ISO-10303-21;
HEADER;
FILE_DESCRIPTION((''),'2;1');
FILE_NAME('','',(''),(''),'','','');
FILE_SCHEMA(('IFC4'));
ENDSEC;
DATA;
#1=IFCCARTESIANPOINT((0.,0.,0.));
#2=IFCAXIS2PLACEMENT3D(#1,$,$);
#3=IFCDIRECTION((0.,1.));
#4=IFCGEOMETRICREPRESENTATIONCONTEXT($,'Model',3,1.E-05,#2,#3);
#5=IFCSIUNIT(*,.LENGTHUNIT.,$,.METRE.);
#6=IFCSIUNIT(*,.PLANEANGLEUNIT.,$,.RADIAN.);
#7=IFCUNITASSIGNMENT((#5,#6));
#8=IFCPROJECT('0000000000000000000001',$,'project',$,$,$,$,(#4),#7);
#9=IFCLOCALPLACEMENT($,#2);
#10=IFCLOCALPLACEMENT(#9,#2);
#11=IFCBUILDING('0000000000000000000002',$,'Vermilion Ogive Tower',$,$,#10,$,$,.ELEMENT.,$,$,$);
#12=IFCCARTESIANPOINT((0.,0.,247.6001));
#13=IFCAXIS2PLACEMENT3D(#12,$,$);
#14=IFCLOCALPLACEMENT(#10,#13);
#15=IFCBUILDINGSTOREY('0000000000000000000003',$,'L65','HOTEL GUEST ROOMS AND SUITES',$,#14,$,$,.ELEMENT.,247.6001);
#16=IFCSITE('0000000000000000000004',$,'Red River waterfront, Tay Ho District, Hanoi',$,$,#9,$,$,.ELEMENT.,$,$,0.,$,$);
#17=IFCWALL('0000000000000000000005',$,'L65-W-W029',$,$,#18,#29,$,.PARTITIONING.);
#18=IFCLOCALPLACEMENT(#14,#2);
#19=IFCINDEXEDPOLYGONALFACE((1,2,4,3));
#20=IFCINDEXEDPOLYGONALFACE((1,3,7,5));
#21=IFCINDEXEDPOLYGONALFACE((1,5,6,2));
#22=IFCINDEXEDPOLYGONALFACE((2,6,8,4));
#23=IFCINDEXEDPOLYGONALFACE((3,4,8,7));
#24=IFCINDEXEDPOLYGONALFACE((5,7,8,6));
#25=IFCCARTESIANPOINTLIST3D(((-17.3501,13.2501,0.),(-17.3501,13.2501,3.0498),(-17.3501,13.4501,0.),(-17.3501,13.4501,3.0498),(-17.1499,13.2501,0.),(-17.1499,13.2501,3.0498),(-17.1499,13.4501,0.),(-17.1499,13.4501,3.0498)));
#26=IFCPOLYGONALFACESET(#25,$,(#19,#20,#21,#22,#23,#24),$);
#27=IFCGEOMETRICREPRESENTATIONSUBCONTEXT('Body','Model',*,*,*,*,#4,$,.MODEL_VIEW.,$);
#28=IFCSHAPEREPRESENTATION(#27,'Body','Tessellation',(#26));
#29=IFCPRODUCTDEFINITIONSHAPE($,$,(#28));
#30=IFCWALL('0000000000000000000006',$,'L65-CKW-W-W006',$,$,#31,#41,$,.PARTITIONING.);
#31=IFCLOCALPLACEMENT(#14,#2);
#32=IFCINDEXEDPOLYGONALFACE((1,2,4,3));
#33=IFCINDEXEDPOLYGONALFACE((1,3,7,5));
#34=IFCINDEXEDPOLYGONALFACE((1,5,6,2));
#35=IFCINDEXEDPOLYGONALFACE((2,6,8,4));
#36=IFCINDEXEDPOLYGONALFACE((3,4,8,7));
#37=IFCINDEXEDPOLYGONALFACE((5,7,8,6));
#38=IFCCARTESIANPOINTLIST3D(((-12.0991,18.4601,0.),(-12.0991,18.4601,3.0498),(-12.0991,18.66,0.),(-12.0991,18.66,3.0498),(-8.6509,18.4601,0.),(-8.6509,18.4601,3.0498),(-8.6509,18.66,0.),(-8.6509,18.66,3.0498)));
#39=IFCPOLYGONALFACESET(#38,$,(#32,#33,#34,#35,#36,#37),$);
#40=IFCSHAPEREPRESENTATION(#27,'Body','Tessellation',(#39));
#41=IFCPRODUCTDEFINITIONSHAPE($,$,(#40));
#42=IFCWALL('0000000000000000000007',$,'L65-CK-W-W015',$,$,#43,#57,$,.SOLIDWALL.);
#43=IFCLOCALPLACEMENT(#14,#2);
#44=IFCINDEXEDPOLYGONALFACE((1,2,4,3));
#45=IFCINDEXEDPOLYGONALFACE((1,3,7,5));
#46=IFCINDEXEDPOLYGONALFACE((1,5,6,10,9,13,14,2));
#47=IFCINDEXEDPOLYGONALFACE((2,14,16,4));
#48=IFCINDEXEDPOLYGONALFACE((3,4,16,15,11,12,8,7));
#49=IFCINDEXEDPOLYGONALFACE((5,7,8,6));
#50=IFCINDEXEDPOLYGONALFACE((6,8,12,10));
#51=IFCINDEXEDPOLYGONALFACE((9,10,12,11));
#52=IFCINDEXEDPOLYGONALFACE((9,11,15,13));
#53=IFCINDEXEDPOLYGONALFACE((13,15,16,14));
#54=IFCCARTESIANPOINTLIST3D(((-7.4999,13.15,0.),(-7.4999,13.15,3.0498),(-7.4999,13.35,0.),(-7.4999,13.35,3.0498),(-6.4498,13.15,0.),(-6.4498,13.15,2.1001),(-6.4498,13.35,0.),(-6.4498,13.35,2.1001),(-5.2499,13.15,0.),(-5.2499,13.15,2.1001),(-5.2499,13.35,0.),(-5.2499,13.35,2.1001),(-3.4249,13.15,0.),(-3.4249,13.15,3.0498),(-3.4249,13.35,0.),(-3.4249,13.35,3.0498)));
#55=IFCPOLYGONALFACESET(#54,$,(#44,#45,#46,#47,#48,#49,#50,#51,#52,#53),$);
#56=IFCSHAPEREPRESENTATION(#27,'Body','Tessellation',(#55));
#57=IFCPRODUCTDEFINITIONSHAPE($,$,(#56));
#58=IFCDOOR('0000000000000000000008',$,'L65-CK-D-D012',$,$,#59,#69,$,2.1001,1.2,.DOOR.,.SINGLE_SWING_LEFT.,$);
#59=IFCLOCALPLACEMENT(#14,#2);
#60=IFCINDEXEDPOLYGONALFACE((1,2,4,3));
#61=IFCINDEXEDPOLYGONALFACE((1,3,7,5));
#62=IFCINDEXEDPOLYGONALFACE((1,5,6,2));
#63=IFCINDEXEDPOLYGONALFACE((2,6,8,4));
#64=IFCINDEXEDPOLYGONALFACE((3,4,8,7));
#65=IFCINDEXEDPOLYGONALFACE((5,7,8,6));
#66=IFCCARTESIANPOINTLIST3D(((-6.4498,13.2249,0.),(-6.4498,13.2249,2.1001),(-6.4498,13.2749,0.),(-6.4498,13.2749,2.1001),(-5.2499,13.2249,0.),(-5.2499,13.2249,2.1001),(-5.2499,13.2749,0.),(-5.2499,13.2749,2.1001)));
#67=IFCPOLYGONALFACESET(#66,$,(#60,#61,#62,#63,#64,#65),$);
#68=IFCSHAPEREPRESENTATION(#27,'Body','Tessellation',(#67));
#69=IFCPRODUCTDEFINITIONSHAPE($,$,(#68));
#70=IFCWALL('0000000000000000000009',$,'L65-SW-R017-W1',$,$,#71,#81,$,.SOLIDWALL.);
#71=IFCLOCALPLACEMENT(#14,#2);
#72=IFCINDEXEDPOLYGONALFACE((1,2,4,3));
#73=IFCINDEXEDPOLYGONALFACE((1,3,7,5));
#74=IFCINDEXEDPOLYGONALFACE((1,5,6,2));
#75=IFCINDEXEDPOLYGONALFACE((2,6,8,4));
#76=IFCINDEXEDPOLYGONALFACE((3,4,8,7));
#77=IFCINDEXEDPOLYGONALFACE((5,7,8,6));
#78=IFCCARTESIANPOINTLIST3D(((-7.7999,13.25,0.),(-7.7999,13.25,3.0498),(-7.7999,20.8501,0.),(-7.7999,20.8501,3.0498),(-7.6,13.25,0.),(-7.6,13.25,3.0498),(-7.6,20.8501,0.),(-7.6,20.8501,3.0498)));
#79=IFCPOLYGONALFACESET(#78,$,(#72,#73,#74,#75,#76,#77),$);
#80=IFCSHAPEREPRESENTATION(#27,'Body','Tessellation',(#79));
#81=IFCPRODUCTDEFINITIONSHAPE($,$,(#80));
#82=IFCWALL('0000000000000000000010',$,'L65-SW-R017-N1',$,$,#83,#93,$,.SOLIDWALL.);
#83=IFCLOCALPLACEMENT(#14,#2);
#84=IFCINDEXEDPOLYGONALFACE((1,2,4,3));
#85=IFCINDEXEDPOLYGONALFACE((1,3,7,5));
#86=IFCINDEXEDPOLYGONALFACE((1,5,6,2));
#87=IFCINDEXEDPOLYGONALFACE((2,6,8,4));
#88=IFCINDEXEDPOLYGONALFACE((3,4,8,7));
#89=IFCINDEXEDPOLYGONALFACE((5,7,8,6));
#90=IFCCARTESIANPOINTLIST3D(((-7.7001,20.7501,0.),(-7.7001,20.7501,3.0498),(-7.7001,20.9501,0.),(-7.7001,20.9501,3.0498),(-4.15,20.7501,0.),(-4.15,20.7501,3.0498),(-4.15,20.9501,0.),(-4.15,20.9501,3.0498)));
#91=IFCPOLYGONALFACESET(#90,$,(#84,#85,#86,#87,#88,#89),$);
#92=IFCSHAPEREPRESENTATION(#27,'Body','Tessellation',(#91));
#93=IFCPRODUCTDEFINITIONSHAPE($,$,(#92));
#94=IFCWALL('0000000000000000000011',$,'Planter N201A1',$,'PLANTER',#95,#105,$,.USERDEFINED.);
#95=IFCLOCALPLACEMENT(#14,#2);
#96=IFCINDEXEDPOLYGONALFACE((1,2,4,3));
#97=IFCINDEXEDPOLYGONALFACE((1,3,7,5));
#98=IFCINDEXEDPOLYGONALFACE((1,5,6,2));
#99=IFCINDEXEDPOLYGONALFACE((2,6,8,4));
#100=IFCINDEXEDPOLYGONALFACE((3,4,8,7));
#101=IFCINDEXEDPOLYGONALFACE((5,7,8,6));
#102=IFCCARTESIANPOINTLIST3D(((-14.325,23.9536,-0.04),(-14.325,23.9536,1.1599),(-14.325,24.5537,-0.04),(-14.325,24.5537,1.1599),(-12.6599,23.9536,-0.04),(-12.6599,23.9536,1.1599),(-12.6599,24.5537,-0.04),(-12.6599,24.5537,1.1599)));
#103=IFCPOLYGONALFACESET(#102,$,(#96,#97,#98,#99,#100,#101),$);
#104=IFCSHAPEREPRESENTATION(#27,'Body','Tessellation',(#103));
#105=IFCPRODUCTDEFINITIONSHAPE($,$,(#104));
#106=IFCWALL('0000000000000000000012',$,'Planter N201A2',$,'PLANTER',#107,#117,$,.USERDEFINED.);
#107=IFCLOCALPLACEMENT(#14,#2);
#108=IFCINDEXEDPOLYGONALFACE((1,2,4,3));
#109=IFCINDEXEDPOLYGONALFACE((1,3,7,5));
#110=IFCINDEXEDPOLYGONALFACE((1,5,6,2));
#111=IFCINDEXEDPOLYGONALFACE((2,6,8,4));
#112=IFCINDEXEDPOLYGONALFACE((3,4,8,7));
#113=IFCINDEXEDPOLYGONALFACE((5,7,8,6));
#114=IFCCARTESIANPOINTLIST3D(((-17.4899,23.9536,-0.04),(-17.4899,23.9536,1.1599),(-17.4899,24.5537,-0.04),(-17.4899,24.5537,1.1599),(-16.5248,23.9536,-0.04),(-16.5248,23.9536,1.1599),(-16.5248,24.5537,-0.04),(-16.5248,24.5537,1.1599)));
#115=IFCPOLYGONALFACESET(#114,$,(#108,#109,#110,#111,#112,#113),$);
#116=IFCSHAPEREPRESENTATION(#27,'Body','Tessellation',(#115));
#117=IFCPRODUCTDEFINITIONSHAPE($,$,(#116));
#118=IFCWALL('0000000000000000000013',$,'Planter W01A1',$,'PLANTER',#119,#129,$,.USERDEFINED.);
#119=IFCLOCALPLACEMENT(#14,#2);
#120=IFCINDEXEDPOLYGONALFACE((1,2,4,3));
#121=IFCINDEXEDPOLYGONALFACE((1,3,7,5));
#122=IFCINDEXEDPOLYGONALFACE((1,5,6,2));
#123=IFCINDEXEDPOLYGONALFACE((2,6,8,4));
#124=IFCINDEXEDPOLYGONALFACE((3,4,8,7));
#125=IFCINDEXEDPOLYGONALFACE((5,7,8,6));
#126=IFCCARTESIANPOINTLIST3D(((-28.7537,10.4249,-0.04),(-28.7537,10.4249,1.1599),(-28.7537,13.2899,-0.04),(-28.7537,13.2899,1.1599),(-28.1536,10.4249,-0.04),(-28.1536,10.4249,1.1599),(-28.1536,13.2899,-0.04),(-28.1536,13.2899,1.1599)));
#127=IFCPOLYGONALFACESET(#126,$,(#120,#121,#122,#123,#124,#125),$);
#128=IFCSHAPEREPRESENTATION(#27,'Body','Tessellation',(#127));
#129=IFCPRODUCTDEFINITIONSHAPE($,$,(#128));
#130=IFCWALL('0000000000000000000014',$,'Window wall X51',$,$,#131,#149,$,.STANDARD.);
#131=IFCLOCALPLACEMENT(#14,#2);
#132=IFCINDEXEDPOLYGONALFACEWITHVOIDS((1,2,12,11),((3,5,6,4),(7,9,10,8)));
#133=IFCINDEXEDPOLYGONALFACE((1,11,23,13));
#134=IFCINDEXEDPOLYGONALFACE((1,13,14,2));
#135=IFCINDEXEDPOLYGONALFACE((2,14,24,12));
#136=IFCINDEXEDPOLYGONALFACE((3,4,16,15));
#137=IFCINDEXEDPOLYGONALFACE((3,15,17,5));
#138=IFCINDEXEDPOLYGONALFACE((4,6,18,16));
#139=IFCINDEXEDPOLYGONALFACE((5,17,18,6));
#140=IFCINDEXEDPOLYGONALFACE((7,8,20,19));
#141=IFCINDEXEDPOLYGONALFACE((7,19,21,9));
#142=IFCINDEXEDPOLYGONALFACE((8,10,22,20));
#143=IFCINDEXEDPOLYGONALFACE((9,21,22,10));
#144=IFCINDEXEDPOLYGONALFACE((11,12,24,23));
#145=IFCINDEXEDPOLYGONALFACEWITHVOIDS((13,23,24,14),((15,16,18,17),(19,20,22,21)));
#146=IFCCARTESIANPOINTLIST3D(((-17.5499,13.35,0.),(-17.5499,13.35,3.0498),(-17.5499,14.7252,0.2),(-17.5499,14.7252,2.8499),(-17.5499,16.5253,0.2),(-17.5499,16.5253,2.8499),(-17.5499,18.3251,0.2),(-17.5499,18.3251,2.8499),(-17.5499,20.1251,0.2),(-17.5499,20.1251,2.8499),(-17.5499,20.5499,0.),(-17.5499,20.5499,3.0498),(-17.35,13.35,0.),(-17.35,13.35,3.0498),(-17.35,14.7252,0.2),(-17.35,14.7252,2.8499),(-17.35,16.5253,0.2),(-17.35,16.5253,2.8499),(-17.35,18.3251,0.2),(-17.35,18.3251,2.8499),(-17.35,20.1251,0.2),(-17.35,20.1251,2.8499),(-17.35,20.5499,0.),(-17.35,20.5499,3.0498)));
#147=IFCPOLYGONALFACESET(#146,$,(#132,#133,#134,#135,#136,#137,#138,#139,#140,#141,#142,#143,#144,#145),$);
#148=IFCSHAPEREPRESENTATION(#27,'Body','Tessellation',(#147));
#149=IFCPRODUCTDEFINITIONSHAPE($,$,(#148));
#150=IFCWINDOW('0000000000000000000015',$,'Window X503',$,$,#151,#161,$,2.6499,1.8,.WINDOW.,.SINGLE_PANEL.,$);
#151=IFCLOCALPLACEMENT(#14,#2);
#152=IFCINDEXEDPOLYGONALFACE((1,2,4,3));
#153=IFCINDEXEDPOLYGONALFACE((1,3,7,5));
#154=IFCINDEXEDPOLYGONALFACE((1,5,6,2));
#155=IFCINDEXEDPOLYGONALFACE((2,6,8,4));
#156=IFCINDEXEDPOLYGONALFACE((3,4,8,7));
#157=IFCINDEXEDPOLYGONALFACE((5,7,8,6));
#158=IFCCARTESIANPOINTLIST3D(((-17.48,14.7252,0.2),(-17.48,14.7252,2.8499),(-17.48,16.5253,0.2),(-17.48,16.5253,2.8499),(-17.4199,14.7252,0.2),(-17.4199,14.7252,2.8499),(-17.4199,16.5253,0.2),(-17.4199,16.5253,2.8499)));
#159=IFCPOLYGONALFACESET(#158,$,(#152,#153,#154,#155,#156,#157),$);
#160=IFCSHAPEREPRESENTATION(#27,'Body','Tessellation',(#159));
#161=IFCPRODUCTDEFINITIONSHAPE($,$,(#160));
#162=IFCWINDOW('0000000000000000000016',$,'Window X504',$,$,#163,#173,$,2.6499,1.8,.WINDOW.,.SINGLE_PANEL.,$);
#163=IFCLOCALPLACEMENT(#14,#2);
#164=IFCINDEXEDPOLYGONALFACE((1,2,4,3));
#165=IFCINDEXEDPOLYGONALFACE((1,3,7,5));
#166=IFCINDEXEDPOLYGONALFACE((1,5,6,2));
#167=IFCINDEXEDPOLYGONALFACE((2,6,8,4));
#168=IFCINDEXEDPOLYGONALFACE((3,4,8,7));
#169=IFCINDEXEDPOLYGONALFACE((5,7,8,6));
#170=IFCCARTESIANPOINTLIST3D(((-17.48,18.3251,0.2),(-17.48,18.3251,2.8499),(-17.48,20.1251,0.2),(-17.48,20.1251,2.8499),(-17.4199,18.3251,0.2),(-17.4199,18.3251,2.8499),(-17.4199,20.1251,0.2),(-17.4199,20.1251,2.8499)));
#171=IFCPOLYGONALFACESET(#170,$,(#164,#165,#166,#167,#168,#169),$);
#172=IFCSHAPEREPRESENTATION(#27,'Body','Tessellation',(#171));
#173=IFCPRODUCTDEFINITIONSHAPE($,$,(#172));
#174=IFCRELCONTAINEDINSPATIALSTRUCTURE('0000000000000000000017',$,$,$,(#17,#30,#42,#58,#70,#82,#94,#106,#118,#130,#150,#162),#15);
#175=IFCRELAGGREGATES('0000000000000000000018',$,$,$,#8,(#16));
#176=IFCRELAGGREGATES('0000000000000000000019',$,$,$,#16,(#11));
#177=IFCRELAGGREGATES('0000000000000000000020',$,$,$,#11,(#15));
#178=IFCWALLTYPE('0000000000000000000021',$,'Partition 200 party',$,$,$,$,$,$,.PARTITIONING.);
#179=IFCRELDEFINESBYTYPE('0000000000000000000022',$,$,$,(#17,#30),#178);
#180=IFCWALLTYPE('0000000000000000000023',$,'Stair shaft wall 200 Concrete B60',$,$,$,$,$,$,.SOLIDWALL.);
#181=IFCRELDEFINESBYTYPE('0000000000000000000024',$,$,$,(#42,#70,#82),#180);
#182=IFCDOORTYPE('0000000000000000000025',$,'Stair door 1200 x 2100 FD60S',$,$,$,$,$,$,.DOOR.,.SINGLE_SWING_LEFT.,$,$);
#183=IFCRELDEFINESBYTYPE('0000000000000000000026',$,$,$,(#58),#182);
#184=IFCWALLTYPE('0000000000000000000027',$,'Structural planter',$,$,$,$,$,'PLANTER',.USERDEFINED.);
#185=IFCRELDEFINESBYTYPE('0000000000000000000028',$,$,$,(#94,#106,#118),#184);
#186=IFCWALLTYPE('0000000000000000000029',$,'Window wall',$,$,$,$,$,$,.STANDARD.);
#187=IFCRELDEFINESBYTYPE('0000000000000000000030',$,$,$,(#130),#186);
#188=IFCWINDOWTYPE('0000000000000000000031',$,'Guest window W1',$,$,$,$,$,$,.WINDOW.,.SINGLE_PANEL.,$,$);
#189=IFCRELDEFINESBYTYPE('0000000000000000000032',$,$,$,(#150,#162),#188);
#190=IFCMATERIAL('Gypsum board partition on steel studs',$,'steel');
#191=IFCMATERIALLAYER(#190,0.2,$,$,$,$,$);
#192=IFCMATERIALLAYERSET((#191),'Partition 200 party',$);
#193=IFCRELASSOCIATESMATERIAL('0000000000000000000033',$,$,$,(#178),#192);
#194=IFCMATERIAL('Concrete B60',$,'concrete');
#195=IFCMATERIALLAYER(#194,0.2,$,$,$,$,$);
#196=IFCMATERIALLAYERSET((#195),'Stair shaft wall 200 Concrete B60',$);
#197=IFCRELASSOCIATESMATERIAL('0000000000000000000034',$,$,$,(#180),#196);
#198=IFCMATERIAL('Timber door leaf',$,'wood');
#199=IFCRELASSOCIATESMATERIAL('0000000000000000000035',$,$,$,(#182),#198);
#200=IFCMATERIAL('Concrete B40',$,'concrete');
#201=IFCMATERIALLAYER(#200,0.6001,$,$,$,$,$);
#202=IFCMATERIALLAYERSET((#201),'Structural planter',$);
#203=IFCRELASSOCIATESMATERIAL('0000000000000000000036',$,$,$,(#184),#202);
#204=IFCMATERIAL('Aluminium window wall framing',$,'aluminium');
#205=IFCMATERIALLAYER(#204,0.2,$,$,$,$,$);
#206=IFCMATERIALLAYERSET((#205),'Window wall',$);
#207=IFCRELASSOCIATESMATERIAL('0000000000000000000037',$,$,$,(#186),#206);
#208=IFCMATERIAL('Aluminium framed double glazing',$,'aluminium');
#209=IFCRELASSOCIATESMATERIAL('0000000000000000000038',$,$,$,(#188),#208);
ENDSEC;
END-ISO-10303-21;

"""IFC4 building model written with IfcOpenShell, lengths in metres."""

from ifc_helpers import new_model, si_unit, direction, frame, frame_2d, origin, place, context, subcontext, project, spatial, rectangle, extrude, material, layer, layer_set, type_object, element, fill, save


model = new_model("IFC4")

# Units and contexts
model_context = context("Model", 3, precision=1e-05, world=origin(), true_north=direction((0.0, 1.0)))
body_context = subcontext(model_context, "Body", "Model", "MODEL_VIEW")
ifc_project = project(units=[si_unit("LENGTHUNIT", "METRE"), si_unit("PLANEANGLEUNIT", "RADIAN")], contexts=[model_context])

# Site, building, storey
site_placement = place(None, origin())
site = spatial("IfcSite", under=ifc_project, at=site_placement, Name="Red River waterfront, Tay Ho District, Hanoi", CompositionType="ELEMENT", RefElevation=0.0)
building_placement = place(site_placement, origin())
building = spatial("IfcBuilding", under=site, at=building_placement, Name="Vermilion Ogive Tower", CompositionType="ELEMENT")
storey_placement = place(building_placement, frame((0.0, 0.0, 247.6001)))
storey = spatial("IfcBuildingStorey", under=building, at=storey_placement, Name="L65", Description="HOTEL GUEST ROOMS AND SUITES", CompositionType="ELEMENT", Elevation=247.6001)

# Walls
ifc_material_1 = material(Name="Gypsum board partition on steel studs", Category="steel")
ifc_layer_1 = layer(ifc_material_1, 0.2)
ifc_layer_set_1 = layer_set([ifc_layer_1], Name="Partition 200 party")
wall_type_1 = type_object("IfcWallType", Name="Partition 200 party", PredefinedType="PARTITIONING", material=ifc_layer_set_1)
wall_1_placement = place(storey_placement, frame((-17.3501, 13.3501, 0.0), z_axis=(0.0, 0.0, 1.0), x_axis=(1.0, 0.0, 0.0)))
element("IfcWall", 1, at=wall_1_placement, inside=storey, type_object=wall_type_1, Name="L65-W-W029", PredefinedType="PARTITIONING", context=body_context, shape_type="SweptSolid", body=[
    extrude(rectangle(XDim=0.2002, YDim=0.2, at=frame_2d((0.1001, 0.0))), origin(), (0.0, 0.0, 1.0), 3.0498),
])
wall_2_placement = place(storey_placement, frame((-12.0991, 18.5601, 0.0), z_axis=(0.0, 0.0, 1.0), x_axis=(1.0, 0.0, 0.0)))
element("IfcWall", 2, at=wall_2_placement, inside=storey, type_object=wall_type_1, Name="L65-CKW-W-W006", PredefinedType="PARTITIONING", context=body_context, shape_type="SweptSolid", body=[
    extrude(rectangle(XDim=3.4482, YDim=0.2, at=frame_2d((1.7241, 0.0))), origin(), (0.0, 0.0, 1.0), 3.0498),
])

# Wall, opening, door
ifc_material_2 = material(Name="Concrete B60", Category="concrete")
ifc_layer_2 = layer(ifc_material_2, 0.2)
ifc_layer_set_2 = layer_set([ifc_layer_2], Name="Stair shaft wall 200 Concrete B60")
wall_type_2 = type_object("IfcWallType", Name="Stair shaft wall 200 Concrete B60", PredefinedType="SOLIDWALL", material=ifc_layer_set_2)
wall_3_placement = place(storey_placement, frame((-7.5, 13.25, 0.0), z_axis=(0.0, 0.0, 1.0), x_axis=(1.0, 0.0, 0.0)))
wall_3 = element("IfcWall", 3, at=wall_3_placement, inside=storey, type_object=wall_type_2, Name="L65-CK-W-W015", PredefinedType="SOLIDWALL", context=body_context, shape_type="SweptSolid", body=[
    extrude(rectangle(XDim=4.075, YDim=0.2, at=frame_2d((2.0376, 0.0))), origin(), (0.0, 0.0, 1.0), 3.0498),
])
opening_1_placement = place(wall_3_placement, frame((1.05, 0.0, 0.0)))
opening_1 = element("IfcOpeningElement", 4, at=opening_1_placement, cuts=wall_3, PredefinedType="OPENING", context=body_context, shape_type="SweptSolid", body=[
    extrude(rectangle(XDim=1.2, YDim=2.1001, at=frame_2d((0.6001, 1.05))), frame((0.0, 0.1099, 0.0), z_axis=(0.0, -1.0, 0.0), x_axis=(1.0, 0.0, 0.0)), (0.0, 0.0, 1.0), 0.22),
])
ifc_material_3 = material(Name="Timber door leaf", Category="wood")
door_type_1 = type_object("IfcDoorType", Name="Stair door 1200 x 2100 FD60S", OperationType="SINGLE_SWING_LEFT", PredefinedType="DOOR", material=ifc_material_3)
door_1_placement = place(opening_1_placement, origin())
door_1 = element("IfcDoor", 5, at=door_1_placement, inside=storey, type_object=door_type_1, Name="L65-CK-D-D012", OperationType="SINGLE_SWING_LEFT", OverallHeight=2.1001, OverallWidth=1.2, PredefinedType="DOOR", context=body_context, shape_type="SweptSolid", body=[
    extrude(rectangle(XDim=1.2, YDim=2.1001, at=frame_2d((0.6001, 1.05))), frame((0.0, 0.0249, 0.0), z_axis=(0.0, -1.0, 0.0), x_axis=(1.0, 0.0, 0.0)), (0.0, 0.0, 1.0), 0.05),
])
fill(opening_1, door_1)

# Walls
wall_4_placement = place(storey_placement, frame((-7.7, 13.25, 0.0), z_axis=(0.0, 0.0, 1.0), x_axis=(0.0, 1.0, 0.0)))
element("IfcWall", 6, at=wall_4_placement, inside=storey, type_object=wall_type_2, Name="L65-SW-R017-W1", PredefinedType="SOLIDWALL", context=body_context, shape_type="SweptSolid", body=[
    extrude(rectangle(XDim=7.6001, YDim=0.2, at=frame_2d((3.8, 0.0))), origin(), (0.0, 0.0, 1.0), 3.0498),
])
wall_5_placement = place(storey_placement, frame((-7.7, 20.8501, 0.0), z_axis=(0.0, 0.0, 1.0), x_axis=(1.0, 0.0, 0.0)))
element("IfcWall", 7, at=wall_5_placement, inside=storey, type_object=wall_type_2, Name="L65-SW-R017-N1", PredefinedType="SOLIDWALL", context=body_context, shape_type="SweptSolid", body=[
    extrude(rectangle(XDim=3.55, YDim=0.2, at=frame_2d((1.7749, 0.0))), origin(), (0.0, 0.0, 1.0), 3.0498),
])
ifc_material_4 = material(Name="Concrete B40", Category="concrete")
ifc_layer_3 = layer(ifc_material_4, 0.6001)
ifc_layer_set_3 = layer_set([ifc_layer_3], Name="Structural planter")
wall_type_3 = type_object("IfcWallType", Name="Structural planter", ElementType="PLANTER", PredefinedType="USERDEFINED", material=ifc_layer_set_3)
wall_6_placement = place(storey_placement, frame((-12.6599, 24.2537, -0.04), z_axis=(0.0, 0.0, 1.0), x_axis=(-1.0, 0.0, 0.0)))
element("IfcWall", 8, at=wall_6_placement, inside=storey, type_object=wall_type_3, Name="Planter N201A1", ObjectType="PLANTER", PredefinedType="USERDEFINED", context=body_context, shape_type="SweptSolid", body=[
    extrude(rectangle(XDim=1.665, YDim=0.6001, at=frame_2d((0.8325, 0.0))), origin(), (0.0, 0.0, 1.0), 1.2),
])
wall_7_placement = place(storey_placement, frame((-16.5249, 24.2537, -0.04), z_axis=(0.0, 0.0, 1.0), x_axis=(-1.0, 0.0, 0.0)))
element("IfcWall", 9, at=wall_7_placement, inside=storey, type_object=wall_type_3, Name="Planter N201A2", ObjectType="PLANTER", PredefinedType="USERDEFINED", context=body_context, shape_type="SweptSolid", body=[
    extrude(rectangle(XDim=0.9651, YDim=0.6001, at=frame_2d((0.4824, 0.0))), origin(), (0.0, 0.0, 1.0), 1.2),
])
wall_8_placement = place(storey_placement, frame((-28.4536, 13.29, -0.04), z_axis=(0.0, 0.0, 1.0), x_axis=(0.0, -1.0, 0.0)))
element("IfcWall", 10, at=wall_8_placement, inside=storey, type_object=wall_type_3, Name="Planter W01A1", ObjectType="PLANTER", PredefinedType="USERDEFINED", context=body_context, shape_type="SweptSolid", body=[
    extrude(rectangle(XDim=2.865, YDim=0.6001, at=frame_2d((1.4326, 0.0))), origin(), (0.0, 0.0, 1.0), 1.2),
])

# Shared definitions
ifc_material_5 = material(Name="Aluminium window wall framing", Category="aluminium")
ifc_layer_4 = layer(ifc_material_5, 0.2)
ifc_layer_set_4 = layer_set([ifc_layer_4], Name="Window wall")
wall_type_4 = type_object("IfcWallType", Name="Window wall", PredefinedType="STANDARD", material=ifc_layer_set_4)
ifc_material_6 = material(Name="Aluminium framed double glazing", Category="aluminium")
window_type = type_object("IfcWindowType", Name="Guest window W1", PartitioningType="SINGLE_PANEL", PredefinedType="WINDOW", material=ifc_material_6)

# Wall, openings, windows
wall_9_placement = place(storey_placement, frame((-17.45, 20.55, 0.0), z_axis=(0.0, 0.0, 1.0), x_axis=(0.0, -1.0, 0.0)))
wall_9 = element("IfcWall", 11, at=wall_9_placement, inside=storey, type_object=wall_type_4, Name="Window wall X51", PredefinedType="STANDARD", context=body_context, shape_type="SweptSolid", body=[
    extrude(rectangle(XDim=7.2, YDim=0.2, at=frame_2d((3.6001, 0.0))), origin(), (0.0, 0.0, 1.0), 3.0498),
])
opening_2_placement = place(wall_9_placement, frame((4.0249, 0.0, 0.2)))
opening_2 = element("IfcOpeningElement", 12, at=opening_2_placement, cuts=wall_9, PredefinedType="OPENING", context=body_context, shape_type="SweptSolid", body=[
    extrude(rectangle(XDim=1.8, YDim=2.6499, at=frame_2d((0.8999, 1.325))), frame((0.0, 0.1099, 0.0), z_axis=(0.0, -1.0, 0.0), x_axis=(1.0, 0.0, 0.0)), (0.0, 0.0, 1.0), 0.22),
])
opening_3_placement = place(wall_9_placement, frame((0.425, 0.0, 0.2)))
opening_3 = element("IfcOpeningElement", 13, at=opening_3_placement, cuts=wall_9, PredefinedType="OPENING", context=body_context, shape_type="SweptSolid", body=[
    extrude(rectangle(XDim=1.8, YDim=2.6499, at=frame_2d((0.8999, 1.325))), frame((0.0, 0.1099, 0.0), z_axis=(0.0, -1.0, 0.0), x_axis=(1.0, 0.0, 0.0)), (0.0, 0.0, 1.0), 0.22),
])
window_1_placement = place(opening_2_placement, origin())
window_1 = element("IfcWindow", 14, at=window_1_placement, inside=storey, type_object=window_type, Name="Window X503", OverallHeight=2.6499, OverallWidth=1.8, PartitioningType="SINGLE_PANEL", PredefinedType="WINDOW", context=body_context, shape_type="SweptSolid", body=[
    extrude(rectangle(XDim=1.8, YDim=2.6499, at=frame_2d((0.8999, 1.325))), frame((0.0, 0.03, 0.0), z_axis=(0.0, -1.0, 0.0), x_axis=(1.0, 0.0, 0.0)), (0.0, 0.0, 1.0), 0.0601),
])
fill(opening_2, window_1)
window_2_placement = place(opening_3_placement, origin())
window_2 = element("IfcWindow", 15, at=window_2_placement, inside=storey, type_object=window_type, Name="Window X504", OverallHeight=2.6499, OverallWidth=1.8, PartitioningType="SINGLE_PANEL", PredefinedType="WINDOW", context=body_context, shape_type="SweptSolid", body=[
    extrude(rectangle(XDim=1.8, YDim=2.6499, at=frame_2d((0.8999, 1.325))), frame((0.0, 0.03, 0.0), z_axis=(0.0, -1.0, 0.0), x_axis=(1.0, 0.0, 0.0)), (0.0, 0.0, 1.0), 0.0601),
])
fill(opening_3, window_2)

save(model, "model.ifc")
